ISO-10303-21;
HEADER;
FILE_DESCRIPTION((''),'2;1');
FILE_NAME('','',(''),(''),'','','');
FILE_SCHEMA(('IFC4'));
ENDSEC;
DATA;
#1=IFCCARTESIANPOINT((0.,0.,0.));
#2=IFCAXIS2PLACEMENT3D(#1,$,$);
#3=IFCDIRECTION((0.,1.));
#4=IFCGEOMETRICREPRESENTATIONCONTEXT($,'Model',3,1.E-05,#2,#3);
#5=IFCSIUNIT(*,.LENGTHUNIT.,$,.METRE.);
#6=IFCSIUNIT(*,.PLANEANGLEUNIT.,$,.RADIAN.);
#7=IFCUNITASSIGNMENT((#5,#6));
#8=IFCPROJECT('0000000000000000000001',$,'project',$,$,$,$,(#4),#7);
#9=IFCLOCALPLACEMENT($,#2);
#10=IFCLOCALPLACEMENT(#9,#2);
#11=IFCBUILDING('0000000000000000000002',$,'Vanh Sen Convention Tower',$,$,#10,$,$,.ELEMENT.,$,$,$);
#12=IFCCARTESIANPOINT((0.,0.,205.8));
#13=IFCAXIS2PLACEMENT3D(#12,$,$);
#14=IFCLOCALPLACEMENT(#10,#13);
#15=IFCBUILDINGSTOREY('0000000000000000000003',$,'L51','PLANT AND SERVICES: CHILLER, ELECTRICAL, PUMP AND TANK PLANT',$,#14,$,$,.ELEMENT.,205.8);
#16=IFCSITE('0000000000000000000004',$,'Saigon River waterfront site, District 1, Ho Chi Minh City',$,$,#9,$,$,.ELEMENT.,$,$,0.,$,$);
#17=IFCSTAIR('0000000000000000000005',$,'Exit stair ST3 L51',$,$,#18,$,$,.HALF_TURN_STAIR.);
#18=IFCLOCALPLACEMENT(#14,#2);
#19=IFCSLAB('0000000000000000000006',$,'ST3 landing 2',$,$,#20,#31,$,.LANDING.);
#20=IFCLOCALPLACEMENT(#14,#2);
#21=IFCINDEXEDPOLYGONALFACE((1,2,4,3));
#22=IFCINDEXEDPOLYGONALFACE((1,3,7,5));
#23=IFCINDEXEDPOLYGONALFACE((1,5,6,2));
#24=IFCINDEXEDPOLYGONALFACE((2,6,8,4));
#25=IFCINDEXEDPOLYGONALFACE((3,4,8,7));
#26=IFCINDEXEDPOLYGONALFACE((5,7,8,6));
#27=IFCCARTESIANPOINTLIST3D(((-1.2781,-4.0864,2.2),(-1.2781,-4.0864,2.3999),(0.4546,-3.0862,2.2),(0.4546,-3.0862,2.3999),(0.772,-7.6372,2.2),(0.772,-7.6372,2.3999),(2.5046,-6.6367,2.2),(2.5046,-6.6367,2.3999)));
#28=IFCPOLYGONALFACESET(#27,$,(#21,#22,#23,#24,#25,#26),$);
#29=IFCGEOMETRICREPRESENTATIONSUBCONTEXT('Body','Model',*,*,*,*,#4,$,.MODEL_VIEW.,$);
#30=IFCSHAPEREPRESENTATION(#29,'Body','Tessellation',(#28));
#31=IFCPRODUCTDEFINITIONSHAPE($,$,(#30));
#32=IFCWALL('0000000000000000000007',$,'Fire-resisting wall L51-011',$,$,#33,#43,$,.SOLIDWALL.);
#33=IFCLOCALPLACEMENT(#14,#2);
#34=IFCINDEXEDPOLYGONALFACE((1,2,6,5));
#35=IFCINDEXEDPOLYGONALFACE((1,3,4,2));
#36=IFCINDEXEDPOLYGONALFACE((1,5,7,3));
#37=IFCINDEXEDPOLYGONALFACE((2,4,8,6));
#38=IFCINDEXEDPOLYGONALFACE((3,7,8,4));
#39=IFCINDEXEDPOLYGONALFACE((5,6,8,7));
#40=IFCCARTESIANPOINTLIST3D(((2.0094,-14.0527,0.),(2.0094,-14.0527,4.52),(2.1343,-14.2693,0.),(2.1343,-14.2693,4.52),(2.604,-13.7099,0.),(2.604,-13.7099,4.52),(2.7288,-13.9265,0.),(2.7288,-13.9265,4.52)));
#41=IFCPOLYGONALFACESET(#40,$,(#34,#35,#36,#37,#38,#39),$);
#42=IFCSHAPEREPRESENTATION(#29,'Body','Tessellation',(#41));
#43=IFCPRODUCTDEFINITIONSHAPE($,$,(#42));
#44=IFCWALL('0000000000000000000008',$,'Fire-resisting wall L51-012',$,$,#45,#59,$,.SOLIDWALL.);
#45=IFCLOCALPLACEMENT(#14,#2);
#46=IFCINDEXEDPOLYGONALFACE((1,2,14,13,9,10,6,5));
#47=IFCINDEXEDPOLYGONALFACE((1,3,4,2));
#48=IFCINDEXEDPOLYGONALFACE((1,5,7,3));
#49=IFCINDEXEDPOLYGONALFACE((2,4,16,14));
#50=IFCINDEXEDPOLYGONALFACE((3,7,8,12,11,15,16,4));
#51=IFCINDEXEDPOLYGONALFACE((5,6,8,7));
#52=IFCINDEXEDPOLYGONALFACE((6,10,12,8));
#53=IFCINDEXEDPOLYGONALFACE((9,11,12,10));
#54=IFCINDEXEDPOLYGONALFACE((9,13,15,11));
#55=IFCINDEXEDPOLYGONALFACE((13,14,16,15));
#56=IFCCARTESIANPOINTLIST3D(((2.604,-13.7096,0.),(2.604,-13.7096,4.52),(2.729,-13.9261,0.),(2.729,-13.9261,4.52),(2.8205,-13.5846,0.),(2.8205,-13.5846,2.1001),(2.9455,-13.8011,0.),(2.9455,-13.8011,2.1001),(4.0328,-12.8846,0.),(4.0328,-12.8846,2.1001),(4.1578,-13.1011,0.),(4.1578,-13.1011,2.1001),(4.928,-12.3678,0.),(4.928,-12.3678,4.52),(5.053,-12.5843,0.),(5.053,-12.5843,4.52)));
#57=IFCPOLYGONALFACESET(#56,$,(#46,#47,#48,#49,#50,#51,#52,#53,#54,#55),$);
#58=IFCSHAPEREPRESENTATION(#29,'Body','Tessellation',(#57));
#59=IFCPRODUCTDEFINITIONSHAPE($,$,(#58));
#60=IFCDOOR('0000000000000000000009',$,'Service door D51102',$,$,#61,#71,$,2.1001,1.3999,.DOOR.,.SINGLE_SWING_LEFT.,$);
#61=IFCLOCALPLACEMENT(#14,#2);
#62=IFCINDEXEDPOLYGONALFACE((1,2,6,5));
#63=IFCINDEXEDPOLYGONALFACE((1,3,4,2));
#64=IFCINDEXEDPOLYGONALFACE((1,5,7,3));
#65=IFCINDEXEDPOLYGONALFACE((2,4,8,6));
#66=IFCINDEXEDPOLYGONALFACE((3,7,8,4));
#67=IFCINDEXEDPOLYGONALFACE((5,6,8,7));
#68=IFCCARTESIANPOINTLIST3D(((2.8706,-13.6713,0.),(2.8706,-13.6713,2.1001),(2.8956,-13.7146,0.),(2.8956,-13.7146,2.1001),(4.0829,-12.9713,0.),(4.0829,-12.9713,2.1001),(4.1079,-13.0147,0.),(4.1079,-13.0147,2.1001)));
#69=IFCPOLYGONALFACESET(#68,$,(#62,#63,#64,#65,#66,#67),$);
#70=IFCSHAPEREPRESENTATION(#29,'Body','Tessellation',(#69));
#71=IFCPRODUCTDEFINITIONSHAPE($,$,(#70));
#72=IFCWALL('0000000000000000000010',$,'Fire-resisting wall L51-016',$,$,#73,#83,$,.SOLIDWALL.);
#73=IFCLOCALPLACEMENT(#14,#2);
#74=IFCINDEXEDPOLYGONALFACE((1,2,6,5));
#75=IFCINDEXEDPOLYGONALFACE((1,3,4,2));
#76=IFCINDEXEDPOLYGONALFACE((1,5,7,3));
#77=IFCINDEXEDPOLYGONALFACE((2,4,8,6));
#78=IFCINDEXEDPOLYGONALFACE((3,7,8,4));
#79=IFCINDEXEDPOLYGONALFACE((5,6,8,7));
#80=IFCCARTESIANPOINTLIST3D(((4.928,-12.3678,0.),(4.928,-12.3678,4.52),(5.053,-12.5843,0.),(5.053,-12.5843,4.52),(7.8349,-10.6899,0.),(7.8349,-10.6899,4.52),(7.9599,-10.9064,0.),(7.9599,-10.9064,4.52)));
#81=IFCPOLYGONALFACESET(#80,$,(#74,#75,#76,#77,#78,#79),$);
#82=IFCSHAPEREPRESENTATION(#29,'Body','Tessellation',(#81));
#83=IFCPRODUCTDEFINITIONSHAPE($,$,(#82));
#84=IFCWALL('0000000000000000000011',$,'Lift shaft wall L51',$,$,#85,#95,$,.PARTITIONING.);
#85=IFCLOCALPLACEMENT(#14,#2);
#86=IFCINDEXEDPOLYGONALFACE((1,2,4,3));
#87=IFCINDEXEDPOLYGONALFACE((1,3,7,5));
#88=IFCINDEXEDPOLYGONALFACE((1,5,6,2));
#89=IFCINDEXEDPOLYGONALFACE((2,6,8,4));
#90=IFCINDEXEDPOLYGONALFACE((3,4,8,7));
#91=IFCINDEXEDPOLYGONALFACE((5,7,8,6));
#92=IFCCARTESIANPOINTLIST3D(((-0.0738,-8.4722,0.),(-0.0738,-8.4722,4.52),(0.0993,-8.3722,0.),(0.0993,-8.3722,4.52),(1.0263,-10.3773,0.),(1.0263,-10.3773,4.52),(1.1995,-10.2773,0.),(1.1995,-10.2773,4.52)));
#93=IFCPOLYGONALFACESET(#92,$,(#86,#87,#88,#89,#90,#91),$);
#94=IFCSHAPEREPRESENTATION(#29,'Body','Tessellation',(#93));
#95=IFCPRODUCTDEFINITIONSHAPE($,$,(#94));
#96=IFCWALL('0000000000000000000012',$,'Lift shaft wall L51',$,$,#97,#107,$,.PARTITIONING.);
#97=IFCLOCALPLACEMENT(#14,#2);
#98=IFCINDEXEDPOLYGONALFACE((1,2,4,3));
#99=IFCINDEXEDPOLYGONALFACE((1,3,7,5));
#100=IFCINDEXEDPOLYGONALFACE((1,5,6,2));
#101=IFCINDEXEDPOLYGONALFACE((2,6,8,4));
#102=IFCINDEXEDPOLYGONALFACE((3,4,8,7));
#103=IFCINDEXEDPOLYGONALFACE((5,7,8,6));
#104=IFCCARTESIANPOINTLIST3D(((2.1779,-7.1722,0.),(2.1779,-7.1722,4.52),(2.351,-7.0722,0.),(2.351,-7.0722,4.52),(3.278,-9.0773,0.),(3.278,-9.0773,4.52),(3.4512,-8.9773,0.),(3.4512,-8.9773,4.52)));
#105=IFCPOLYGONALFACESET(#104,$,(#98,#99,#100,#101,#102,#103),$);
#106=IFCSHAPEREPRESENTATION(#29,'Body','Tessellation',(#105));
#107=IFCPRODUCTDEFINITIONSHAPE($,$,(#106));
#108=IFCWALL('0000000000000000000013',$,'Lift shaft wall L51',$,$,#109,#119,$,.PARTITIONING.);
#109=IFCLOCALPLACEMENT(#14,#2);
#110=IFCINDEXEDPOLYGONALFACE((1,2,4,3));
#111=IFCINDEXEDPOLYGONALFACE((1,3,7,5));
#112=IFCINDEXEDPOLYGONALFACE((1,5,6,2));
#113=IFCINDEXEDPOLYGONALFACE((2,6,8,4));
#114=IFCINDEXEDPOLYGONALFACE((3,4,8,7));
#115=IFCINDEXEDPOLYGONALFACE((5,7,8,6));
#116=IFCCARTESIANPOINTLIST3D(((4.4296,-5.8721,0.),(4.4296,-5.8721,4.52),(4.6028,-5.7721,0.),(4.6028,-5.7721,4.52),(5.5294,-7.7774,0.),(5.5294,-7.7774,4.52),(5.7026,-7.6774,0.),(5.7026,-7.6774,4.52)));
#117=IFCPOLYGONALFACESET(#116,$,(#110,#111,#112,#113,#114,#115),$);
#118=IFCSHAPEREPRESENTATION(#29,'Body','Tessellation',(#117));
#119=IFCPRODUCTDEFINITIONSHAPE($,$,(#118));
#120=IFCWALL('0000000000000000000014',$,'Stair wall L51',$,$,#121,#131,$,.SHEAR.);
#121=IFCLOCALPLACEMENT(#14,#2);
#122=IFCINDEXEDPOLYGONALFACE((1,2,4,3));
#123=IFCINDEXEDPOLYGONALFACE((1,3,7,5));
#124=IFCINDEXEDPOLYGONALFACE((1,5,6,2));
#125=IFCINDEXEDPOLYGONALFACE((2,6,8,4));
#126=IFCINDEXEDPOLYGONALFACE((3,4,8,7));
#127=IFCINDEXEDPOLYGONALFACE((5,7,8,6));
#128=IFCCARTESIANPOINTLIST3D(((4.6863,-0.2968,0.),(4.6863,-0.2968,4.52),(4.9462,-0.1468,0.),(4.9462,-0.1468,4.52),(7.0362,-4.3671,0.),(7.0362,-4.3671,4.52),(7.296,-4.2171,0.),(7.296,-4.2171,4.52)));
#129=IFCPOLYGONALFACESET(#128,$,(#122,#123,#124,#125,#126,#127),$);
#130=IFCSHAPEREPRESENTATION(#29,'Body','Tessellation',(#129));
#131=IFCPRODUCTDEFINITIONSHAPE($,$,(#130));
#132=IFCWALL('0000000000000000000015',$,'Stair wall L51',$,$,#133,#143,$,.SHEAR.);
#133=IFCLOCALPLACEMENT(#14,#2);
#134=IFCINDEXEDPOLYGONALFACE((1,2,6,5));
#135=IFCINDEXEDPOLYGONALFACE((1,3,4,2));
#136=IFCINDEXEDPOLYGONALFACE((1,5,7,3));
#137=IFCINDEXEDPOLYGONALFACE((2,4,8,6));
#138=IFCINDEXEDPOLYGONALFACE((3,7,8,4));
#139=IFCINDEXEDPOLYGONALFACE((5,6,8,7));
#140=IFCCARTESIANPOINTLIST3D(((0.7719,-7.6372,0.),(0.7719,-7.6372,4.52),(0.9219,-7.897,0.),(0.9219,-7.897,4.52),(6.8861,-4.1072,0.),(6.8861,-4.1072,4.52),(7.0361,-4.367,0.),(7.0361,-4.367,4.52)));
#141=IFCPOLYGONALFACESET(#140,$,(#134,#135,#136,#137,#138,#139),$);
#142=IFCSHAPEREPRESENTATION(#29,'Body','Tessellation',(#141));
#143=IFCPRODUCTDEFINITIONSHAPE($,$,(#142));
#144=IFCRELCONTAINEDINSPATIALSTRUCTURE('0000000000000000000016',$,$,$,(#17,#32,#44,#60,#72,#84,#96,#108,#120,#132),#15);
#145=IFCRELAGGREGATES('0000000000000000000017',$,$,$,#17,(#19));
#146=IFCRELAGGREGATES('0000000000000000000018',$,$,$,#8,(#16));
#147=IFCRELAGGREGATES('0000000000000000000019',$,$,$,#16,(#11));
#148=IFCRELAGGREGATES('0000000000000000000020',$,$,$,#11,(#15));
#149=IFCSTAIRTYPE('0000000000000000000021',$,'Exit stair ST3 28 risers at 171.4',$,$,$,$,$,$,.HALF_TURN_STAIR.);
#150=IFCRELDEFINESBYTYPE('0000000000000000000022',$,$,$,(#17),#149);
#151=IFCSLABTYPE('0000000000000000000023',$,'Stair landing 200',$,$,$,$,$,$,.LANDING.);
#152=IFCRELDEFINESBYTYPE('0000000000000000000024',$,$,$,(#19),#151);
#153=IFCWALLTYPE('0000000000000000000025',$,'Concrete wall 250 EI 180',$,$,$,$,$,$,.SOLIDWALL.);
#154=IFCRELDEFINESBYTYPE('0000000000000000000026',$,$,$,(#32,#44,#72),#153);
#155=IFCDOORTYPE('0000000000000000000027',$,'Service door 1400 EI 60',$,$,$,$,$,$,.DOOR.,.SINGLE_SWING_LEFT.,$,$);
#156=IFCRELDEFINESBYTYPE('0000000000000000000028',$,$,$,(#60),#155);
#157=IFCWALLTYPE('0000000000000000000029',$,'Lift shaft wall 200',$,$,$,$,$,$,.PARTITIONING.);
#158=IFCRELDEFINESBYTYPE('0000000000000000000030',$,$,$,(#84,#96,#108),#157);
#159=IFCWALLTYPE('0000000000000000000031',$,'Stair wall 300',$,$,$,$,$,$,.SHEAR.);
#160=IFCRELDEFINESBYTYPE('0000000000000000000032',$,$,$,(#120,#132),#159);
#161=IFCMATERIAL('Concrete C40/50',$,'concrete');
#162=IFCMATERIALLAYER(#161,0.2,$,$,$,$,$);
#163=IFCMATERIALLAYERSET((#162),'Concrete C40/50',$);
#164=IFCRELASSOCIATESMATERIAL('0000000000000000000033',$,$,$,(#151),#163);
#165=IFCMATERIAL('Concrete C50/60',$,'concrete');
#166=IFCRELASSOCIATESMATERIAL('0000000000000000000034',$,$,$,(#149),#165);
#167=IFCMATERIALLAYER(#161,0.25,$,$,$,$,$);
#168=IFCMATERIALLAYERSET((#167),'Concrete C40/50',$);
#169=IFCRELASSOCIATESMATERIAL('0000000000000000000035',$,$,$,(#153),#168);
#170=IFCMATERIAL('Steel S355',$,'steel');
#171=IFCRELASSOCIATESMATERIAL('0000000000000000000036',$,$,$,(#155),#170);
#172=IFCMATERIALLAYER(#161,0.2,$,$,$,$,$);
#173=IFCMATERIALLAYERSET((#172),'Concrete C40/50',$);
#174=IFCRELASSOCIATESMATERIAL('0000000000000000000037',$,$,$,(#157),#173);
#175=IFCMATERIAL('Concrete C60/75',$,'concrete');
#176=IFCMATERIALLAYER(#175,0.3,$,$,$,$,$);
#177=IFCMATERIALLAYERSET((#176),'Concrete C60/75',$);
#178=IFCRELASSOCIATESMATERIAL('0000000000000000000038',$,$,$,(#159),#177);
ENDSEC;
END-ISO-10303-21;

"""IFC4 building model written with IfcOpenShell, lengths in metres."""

from ifc_helpers import new_model, si_unit, direction, frame, frame_2d, origin, place, context, subcontext, project, spatial, polyline, rectangle, outline, extrude, material, layer, layer_set, type_object, element, fill, aggregate, save


model = new_model("IFC4")

# Units and contexts
model_context = context("Model", 3, precision=1e-05, world=origin(), true_north=direction((0.0, 1.0)))
body_context = subcontext(model_context, "Body", "Model", "MODEL_VIEW")
ifc_project = project(units=[si_unit("LENGTHUNIT", "METRE"), si_unit("PLANEANGLEUNIT", "RADIAN")], contexts=[model_context])

# Site, building, storey
site_placement = place(None, origin())
site = spatial("IfcSite", under=ifc_project, at=site_placement, Name="Saigon River waterfront site, District 1, Ho Chi Minh City", CompositionType="ELEMENT", RefElevation=0.0)
building_placement = place(site_placement, origin())
building = spatial("IfcBuilding", under=site, at=building_placement, Name="Vanh Sen Convention Tower", CompositionType="ELEMENT")
storey_placement = place(building_placement, frame((0.0, 0.0, 205.8)))
storey = spatial("IfcBuildingStorey", under=building, at=storey_placement, Name="L51", Description="PLANT AND SERVICES: CHILLER, ELECTRICAL, PUMP AND TANK PLANT", CompositionType="ELEMENT", Elevation=205.8)

# Shared definitions
ifc_material_1 = material(Name="Concrete C40/50", Category="concrete")

# Stair, slab
ifc_material_2 = material(Name="Concrete C50/60", Category="concrete")
ifc_layer_1 = layer(ifc_material_1, 0.2)
ifc_layer_set_1 = layer_set([ifc_layer_1], Name="Concrete C40/50")
slab_type_1 = type_object("IfcSlabType", Name="Stair landing 200", PredefinedType="LANDING", material=ifc_layer_set_1)
stair_type_1 = type_object("IfcStairType", Name="Exit stair ST3 28 risers at 171.4", PredefinedType="HALF_TURN_STAIR", material=ifc_material_2)
stair_1_placement = place(storey_placement, origin())
stair_1 = element("IfcStair", 1, at=stair_1_placement, inside=storey, type_object=stair_type_1, Name="Exit stair ST3 L51", PredefinedType="HALF_TURN_STAIR")
slab_1_placement = place(storey_placement, frame((0.0, 0.0, 2.2)))
slab_1 = element("IfcSlab", 2, at=slab_1_placement, type_object=slab_type_1, Name="ST3 landing 2", PredefinedType="LANDING", context=body_context, shape_type="SweptSolid", body=[
    extrude(outline(polyline([(0.772, -7.6372), (2.5046, -6.6367), (0.4546, -3.0862), (-1.2781, -4.0864), (0.772, -7.6372)])), origin(), (0.0, 0.0, 1.0), 0.2),
])
aggregate(stair_1, [slab_1])

# Wall
ifc_layer_2 = layer(ifc_material_1, 0.25)
ifc_layer_set_2 = layer_set([ifc_layer_2], Name="Concrete C40/50")
wall_type_1 = type_object("IfcWallType", Name="Concrete wall 250 EI 180", PredefinedType="SOLIDWALL", material=ifc_layer_set_2)
wall_1_placement = place(storey_placement, frame((2.6665, -13.8181, 0.0), z_axis=(0.0, 0.0, 1.0), x_axis=(-0.86631, -0.499507, 0.0)))
element("IfcWall", 3, at=wall_1_placement, inside=storey, type_object=wall_type_1, Name="Fire-resisting wall L51-011", PredefinedType="SOLIDWALL", context=body_context, shape_type="SweptSolid", body=[
    extrude(rectangle(XDim=0.6863, YDim=0.25, at=frame_2d((0.3433, 0.0))), origin(), (0.0, 0.0, 1.0), 4.52),
])

# Wall, opening, door
wall_2_placement = place(storey_placement, frame((2.6665, -13.8179, 0.0), z_axis=(0.0, 0.0, 1.0), x_axis=(0.866017, 0.500014, 0.0)))
wall_2 = element("IfcWall", 4, at=wall_2_placement, inside=storey, type_object=wall_type_1, Name="Fire-resisting wall L51-012", PredefinedType="SOLIDWALL", context=body_context, shape_type="SweptSolid", body=[
    extrude(rectangle(XDim=2.6836, YDim=0.25, at=frame_2d((1.3418, 0.0))), origin(), (0.0, 0.0, 1.0), 4.52),
])
opening_placement = place(wall_2_placement, frame((0.25, 0.0, 0.0)))
opening = element("IfcOpeningElement", 5, at=opening_placement, cuts=wall_2, PredefinedType="OPENING", context=body_context, shape_type="SweptSolid", body=[
    extrude(rectangle(XDim=1.3999, YDim=2.1001, at=frame_2d((0.7, 1.05))), frame((0.0, 0.135, 0.0), z_axis=(0.0, -1.0, 0.0), x_axis=(1.0, 0.0, 0.0)), (0.0, 0.0, 1.0), 0.27),
])
ifc_material_3 = material(Name="Steel S355", Category="steel")
door_type = type_object("IfcDoorType", Name="Service door 1400 EI 60", OperationType="SINGLE_SWING_LEFT", PredefinedType="DOOR", material=ifc_material_3)
door_placement = place(opening_placement, origin())
door = element("IfcDoor", 6, at=door_placement, inside=storey, type_object=door_type, Name="Service door D51102", OperationType="SINGLE_SWING_LEFT", OverallHeight=2.1001, OverallWidth=1.3999, PredefinedType="DOOR", context=body_context, shape_type="SweptSolid", body=[
    extrude(rectangle(XDim=1.3999, YDim=2.1001, at=frame_2d((0.7, 1.05))), frame((0.0, 0.0249, 0.0), z_axis=(0.0, -1.0, 0.0), x_axis=(1.0, 0.0, 0.0)), (0.0, 0.0, 1.0), 0.05),
])
fill(opening, door)

# Walls
wall_3_placement = place(storey_placement, frame((4.9905, -12.4761, 0.0), z_axis=(0.0, 0.0, 1.0), x_axis=(0.866073, 0.499918, 0.0)))
element("IfcWall", 7, at=wall_3_placement, inside=storey, type_object=wall_type_1, Name="Fire-resisting wall L51-016", PredefinedType="SOLIDWALL", context=body_context, shape_type="SweptSolid", body=[
    extrude(rectangle(XDim=3.3564, YDim=0.25, at=frame_2d((1.6782, 0.0))), origin(), (0.0, 0.0, 1.0), 4.52),
])
ifc_layer_3 = layer(ifc_material_1, 0.2)
ifc_layer_set_3 = layer_set([ifc_layer_3], Name="Concrete C40/50")
wall_type_2 = type_object("IfcWallType", Name="Lift shaft wall 200", PredefinedType="PARTITIONING", material=ifc_layer_set_3)
for number, where, z_axis, x_axis, name in (
    (8, (0.0127, -8.4221, 0.0), (0.0, 0.0, 1.0), (0.500078, -0.86598, 0.0), "Lift shaft wall L51"),
    (9, (2.2644, -7.1221, 0.0), (0.0, 0.0, 1.0), (0.500078, -0.86598, 0.0), "Lift shaft wall L51"),
    (10, (4.5161, -5.822, 0.0), (0.0, 0.0, 1.0), (0.499947, -0.866056, 0.0), "Lift shaft wall L51"),
):
    element("IfcWall", number, at=place(storey_placement, frame(where, z_axis=z_axis, x_axis=x_axis)), inside=storey, type_object=wall_type_2, Name=name, PredefinedType="PARTITIONING", context=body_context, shape_type="SweptSolid", body=[
        extrude(rectangle(XDim=2.2, YDim=0.2, at=frame_2d((1.1001, 0.0))), origin(), (0.0, 0.0, 1.0), 4.52),
    ])
ifc_material_4 = material(Name="Concrete C60/75", Category="concrete")
ifc_layer_4 = layer(ifc_material_4, 0.3)
ifc_layer_set_4 = layer_set([ifc_layer_4], Name="Concrete C60/75")
wall_type_3 = type_object("IfcWallType", Name="Stair wall 300", PredefinedType="SHEAR", material=ifc_layer_set_4)
wall_4_placement = place(storey_placement, frame((4.8162, -0.2217, 0.0), z_axis=(0.0, 0.0, 1.0), x_axis=(0.499977, -0.866039, 0.0)))
element("IfcWall", 11, at=wall_4_placement, inside=storey, type_object=wall_type_3, Name="Stair wall L51", PredefinedType="SHEAR", context=body_context, shape_type="SweptSolid", body=[
    extrude(rectangle(XDim=4.7, YDim=0.3, at=frame_2d((2.3501, 0.0))), origin(), (0.0, 0.0, 1.0), 4.52),
])
wall_5_placement = place(storey_placement, frame((0.8469, -7.7671, 0.0), z_axis=(0.0, 0.0, 1.0), x_axis=(0.866028, 0.499996, 0.0)))
element("IfcWall", 12, at=wall_5_placement, inside=storey, type_object=wall_type_3, Name="Stair wall L51", PredefinedType="SHEAR", context=body_context, shape_type="SweptSolid", body=[
    extrude(rectangle(XDim=7.0601, YDim=0.3, at=frame_2d((3.53, 0.0))), origin(), (0.0, 0.0, 1.0), 4.52),
])

save(model, "model.ifc")
